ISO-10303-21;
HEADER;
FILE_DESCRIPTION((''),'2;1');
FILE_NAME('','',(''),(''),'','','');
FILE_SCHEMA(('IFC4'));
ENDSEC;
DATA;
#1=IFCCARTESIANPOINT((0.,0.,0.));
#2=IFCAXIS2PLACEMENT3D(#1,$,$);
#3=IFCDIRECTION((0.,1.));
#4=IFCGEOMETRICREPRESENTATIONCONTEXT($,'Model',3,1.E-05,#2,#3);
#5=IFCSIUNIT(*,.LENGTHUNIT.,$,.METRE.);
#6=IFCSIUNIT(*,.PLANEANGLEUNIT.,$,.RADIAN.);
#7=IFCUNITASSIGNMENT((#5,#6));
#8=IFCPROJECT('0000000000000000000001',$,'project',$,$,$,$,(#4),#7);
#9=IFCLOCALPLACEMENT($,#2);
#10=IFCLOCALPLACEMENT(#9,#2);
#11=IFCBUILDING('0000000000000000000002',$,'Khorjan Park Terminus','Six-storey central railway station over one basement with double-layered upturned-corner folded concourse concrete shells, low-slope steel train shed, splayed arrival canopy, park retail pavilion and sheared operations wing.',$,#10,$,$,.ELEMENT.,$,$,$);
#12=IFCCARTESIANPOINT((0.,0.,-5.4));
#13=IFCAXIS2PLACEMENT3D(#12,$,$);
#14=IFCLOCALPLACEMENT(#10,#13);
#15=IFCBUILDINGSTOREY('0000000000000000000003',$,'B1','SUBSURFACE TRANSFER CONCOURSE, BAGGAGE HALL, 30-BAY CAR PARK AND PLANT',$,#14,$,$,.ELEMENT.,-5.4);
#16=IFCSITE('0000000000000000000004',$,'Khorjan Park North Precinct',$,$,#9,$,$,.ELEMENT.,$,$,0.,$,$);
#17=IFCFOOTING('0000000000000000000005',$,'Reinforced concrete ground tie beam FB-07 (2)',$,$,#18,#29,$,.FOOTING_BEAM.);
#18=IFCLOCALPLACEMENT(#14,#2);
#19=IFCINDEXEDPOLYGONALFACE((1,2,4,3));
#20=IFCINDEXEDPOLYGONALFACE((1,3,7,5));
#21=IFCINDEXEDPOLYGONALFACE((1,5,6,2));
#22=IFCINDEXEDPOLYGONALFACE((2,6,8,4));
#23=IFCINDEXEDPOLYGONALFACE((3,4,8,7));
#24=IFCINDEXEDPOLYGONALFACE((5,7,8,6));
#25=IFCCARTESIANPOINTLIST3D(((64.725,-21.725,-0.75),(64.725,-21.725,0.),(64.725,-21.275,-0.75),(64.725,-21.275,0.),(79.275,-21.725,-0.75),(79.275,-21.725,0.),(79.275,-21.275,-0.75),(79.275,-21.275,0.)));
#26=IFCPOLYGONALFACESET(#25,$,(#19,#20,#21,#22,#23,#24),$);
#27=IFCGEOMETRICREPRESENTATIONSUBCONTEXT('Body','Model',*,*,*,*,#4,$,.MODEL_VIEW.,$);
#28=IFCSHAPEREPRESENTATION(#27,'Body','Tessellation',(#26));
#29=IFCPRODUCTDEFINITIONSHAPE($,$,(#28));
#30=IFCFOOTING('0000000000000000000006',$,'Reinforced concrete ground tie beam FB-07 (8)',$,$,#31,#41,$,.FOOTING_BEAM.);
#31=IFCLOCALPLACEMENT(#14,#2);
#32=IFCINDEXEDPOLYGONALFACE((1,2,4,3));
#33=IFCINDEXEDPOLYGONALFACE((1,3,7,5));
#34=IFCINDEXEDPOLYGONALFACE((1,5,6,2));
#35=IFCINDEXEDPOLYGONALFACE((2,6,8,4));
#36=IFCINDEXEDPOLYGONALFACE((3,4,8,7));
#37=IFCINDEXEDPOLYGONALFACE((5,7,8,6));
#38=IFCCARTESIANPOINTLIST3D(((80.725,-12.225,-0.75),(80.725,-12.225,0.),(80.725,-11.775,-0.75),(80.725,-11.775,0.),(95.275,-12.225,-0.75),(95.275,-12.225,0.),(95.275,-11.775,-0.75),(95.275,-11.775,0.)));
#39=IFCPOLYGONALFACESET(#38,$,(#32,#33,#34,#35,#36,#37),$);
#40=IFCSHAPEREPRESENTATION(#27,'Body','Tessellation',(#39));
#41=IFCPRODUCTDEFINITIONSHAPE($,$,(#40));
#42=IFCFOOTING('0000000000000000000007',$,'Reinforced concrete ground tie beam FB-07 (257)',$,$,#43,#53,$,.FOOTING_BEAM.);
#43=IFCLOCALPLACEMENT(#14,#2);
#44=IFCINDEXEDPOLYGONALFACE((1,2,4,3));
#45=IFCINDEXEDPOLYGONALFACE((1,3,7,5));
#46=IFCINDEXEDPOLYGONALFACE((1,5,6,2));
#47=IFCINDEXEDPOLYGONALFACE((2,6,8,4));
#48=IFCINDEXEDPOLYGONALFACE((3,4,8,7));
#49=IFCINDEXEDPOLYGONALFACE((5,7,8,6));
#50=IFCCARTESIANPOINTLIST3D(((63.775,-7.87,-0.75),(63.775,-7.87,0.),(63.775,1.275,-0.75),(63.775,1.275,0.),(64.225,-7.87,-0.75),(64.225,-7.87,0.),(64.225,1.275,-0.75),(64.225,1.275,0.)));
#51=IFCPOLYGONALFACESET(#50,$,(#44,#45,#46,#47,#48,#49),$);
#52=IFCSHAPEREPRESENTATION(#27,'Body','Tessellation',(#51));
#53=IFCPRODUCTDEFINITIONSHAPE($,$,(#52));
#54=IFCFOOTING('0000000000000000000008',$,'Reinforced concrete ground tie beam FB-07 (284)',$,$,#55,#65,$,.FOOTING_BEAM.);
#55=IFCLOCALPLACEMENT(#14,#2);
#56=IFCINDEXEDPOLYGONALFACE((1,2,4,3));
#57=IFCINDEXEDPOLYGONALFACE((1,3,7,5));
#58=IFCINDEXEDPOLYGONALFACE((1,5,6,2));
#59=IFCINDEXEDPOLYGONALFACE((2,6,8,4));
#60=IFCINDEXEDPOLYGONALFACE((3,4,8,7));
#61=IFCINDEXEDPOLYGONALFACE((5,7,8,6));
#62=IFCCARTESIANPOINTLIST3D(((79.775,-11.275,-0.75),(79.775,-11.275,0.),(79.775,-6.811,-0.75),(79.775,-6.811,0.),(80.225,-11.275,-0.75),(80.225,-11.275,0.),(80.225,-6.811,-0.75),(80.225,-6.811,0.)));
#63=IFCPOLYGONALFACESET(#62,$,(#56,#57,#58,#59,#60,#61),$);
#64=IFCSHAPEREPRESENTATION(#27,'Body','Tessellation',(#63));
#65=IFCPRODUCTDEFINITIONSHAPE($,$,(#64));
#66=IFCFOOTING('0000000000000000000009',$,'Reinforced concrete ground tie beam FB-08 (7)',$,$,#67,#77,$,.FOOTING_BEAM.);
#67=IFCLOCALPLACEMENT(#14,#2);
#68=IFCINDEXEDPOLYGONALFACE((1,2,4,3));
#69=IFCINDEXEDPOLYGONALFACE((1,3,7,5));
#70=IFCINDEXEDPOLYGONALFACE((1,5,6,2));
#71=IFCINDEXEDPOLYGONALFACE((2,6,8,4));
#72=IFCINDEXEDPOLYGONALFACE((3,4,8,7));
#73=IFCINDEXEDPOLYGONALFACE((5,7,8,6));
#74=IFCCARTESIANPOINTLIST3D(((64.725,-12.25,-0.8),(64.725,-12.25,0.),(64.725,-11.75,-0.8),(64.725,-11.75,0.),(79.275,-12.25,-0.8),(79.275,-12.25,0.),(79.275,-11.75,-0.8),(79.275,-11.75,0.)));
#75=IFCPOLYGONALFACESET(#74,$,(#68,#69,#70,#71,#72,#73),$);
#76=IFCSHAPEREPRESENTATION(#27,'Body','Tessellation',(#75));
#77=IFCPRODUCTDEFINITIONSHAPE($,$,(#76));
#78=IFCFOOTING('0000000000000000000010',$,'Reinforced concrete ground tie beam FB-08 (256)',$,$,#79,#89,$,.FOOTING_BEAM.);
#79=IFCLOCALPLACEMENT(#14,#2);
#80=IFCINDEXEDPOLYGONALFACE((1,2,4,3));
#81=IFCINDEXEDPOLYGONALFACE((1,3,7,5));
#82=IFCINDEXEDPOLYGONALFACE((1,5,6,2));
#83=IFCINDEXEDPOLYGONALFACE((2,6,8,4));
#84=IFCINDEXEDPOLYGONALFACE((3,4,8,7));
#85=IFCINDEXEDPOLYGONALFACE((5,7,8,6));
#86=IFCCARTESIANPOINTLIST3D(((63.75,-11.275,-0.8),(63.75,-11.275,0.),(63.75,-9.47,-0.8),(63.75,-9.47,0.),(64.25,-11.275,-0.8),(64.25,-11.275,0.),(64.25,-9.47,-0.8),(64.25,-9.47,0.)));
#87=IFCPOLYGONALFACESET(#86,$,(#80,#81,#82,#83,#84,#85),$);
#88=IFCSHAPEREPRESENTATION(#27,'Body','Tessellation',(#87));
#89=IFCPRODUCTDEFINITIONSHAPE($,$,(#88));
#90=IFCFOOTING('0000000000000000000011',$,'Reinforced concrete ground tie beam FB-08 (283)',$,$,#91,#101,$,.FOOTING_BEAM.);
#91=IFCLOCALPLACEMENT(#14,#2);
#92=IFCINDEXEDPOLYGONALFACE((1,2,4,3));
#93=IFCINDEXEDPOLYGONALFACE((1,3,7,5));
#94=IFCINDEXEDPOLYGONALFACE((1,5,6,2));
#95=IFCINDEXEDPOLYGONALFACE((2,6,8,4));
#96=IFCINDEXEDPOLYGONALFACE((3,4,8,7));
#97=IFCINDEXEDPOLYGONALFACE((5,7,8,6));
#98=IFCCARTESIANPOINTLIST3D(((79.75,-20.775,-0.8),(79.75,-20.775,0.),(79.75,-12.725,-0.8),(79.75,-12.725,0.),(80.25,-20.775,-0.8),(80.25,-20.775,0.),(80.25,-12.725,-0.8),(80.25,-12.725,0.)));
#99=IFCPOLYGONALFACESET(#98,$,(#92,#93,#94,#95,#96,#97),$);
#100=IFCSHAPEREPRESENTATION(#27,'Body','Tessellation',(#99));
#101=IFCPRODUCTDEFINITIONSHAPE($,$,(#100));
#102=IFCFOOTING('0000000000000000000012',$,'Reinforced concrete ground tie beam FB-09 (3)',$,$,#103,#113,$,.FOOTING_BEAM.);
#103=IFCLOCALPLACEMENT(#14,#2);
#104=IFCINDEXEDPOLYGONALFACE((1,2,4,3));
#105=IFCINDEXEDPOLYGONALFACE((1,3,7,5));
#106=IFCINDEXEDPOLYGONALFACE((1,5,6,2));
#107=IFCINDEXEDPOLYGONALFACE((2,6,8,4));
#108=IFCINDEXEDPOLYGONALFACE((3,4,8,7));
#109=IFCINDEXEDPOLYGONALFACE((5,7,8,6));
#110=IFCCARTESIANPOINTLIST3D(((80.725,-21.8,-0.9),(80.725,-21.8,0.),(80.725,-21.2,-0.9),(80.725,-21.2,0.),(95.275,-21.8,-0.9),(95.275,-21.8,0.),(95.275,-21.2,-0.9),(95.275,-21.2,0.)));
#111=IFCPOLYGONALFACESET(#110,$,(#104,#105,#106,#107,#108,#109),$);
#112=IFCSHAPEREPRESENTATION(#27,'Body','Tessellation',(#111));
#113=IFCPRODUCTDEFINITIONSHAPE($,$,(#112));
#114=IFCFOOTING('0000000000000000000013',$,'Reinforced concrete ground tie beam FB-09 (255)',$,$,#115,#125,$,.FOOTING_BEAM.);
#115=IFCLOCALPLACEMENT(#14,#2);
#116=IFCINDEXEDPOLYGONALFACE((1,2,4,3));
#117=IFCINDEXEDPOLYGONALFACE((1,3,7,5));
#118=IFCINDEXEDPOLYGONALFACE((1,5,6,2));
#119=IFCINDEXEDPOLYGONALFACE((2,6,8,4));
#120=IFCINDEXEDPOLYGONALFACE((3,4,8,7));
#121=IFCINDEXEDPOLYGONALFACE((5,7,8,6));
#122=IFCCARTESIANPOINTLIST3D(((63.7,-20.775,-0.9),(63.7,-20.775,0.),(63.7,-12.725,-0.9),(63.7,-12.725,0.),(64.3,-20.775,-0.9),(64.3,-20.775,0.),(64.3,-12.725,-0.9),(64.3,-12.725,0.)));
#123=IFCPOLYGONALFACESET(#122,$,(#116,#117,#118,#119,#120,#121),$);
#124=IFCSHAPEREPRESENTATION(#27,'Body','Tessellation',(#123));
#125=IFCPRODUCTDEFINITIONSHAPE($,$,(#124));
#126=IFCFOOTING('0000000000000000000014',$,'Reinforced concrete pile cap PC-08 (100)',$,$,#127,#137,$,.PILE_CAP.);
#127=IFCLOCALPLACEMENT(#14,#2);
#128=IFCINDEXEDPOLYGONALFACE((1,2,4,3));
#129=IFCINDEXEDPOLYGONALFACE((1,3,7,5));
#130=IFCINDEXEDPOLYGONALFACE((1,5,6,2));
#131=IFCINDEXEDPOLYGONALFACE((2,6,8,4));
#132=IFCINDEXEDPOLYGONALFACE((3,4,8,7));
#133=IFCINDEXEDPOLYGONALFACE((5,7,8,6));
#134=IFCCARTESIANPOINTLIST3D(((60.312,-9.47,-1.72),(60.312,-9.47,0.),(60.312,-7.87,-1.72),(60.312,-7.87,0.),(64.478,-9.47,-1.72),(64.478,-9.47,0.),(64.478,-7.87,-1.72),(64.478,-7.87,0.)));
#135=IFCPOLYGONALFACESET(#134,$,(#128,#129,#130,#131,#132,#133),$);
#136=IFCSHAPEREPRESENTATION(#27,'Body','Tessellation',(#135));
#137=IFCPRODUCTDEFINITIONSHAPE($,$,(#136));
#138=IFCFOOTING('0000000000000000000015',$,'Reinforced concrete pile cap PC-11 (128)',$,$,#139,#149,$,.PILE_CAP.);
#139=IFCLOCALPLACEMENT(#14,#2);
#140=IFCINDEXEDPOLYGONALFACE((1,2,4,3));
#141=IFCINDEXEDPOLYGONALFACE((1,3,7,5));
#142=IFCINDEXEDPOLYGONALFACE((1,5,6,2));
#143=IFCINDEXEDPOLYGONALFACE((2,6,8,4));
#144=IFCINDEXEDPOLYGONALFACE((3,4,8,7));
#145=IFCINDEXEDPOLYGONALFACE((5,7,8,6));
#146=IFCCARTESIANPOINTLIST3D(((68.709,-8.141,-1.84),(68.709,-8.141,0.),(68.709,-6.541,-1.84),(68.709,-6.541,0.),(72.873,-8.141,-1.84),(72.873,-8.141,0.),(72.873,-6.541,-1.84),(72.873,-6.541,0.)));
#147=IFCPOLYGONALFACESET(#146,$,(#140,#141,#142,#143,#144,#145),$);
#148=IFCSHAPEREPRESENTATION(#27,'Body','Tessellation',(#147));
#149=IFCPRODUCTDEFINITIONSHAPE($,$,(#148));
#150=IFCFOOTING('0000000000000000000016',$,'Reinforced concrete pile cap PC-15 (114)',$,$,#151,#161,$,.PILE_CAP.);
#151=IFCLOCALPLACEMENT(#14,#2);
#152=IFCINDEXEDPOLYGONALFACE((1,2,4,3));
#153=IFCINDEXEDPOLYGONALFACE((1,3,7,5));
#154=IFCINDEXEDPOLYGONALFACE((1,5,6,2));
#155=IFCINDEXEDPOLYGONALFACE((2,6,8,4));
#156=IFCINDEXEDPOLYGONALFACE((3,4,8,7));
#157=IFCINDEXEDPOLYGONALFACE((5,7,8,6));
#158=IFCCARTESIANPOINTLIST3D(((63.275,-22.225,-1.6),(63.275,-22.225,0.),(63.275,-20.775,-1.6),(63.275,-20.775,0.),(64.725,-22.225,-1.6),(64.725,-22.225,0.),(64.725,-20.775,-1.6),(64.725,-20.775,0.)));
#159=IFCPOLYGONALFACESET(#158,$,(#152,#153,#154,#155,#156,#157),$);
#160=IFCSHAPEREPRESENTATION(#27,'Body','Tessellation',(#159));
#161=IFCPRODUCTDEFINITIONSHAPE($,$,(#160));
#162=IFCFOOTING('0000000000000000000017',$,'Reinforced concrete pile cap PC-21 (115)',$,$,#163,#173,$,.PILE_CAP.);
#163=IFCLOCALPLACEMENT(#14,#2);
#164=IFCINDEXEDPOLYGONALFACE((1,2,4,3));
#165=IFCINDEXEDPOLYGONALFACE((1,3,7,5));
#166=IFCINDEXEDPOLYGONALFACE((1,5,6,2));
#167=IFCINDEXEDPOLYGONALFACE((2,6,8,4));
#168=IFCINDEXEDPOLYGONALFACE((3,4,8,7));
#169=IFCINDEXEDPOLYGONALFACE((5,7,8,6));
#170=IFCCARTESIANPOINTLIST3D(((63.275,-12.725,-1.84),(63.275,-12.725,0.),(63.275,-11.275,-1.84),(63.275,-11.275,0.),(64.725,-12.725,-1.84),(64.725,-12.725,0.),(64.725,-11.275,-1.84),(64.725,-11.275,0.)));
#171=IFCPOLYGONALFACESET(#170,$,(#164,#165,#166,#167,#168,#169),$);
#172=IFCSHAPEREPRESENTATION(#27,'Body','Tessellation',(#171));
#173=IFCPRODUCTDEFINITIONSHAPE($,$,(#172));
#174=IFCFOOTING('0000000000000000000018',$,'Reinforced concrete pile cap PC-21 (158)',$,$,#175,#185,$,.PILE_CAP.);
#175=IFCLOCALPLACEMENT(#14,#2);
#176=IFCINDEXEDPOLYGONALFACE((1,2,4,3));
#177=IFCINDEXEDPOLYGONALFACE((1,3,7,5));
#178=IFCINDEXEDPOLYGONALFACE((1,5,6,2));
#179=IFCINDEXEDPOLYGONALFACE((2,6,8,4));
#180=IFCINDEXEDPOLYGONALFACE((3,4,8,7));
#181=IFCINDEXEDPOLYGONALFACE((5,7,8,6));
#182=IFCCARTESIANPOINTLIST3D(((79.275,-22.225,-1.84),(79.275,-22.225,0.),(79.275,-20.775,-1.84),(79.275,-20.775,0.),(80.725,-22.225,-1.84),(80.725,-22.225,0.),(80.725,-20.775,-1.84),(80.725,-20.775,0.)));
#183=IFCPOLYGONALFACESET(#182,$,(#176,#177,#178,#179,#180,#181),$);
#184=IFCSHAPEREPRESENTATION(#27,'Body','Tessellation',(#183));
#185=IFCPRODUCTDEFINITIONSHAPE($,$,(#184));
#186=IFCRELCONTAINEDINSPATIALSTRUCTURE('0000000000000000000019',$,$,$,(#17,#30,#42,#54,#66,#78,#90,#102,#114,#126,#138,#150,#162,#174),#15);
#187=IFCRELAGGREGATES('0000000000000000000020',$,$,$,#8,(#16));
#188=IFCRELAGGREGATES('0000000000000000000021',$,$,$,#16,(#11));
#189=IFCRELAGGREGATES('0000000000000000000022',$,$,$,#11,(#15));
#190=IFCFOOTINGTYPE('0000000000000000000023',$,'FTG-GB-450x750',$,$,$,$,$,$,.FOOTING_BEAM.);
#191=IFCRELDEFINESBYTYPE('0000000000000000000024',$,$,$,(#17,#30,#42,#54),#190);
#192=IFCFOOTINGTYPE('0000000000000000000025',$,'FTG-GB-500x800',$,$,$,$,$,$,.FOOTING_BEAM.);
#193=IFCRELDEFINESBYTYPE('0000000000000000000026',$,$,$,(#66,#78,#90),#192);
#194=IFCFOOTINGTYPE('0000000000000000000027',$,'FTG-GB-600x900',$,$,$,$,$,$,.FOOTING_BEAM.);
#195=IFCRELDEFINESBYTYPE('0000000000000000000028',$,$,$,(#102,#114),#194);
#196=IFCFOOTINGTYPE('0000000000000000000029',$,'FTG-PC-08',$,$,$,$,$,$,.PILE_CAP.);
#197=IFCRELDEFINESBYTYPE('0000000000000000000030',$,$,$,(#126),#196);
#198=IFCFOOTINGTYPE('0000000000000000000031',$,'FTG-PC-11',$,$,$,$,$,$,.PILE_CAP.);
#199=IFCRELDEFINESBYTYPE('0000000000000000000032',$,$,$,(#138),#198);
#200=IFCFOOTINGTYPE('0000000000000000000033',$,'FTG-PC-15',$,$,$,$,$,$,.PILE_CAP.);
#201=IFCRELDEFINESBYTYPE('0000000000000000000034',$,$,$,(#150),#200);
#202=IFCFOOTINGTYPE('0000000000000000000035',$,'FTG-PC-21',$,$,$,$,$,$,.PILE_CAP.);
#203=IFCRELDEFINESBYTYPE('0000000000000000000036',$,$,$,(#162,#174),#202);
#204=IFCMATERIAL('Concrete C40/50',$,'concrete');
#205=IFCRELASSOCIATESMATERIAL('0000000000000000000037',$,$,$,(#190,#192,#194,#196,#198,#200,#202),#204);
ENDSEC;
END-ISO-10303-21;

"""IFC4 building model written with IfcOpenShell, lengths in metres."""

from ifc_helpers import new_model, si_unit, direction, frame, origin, origin_2d, place, context, subcontext, project, spatial, rectangle, extrude, material, material_profile, profile_set, type_object, element, save


model = new_model("IFC4")

# Units and contexts
model_context = context("Model", 3, precision=1e-05, world=origin(), true_north=direction((0.0, 1.0)))
body_context = subcontext(model_context, "Body", "Model", "MODEL_VIEW")
ifc_project = project(units=[si_unit("LENGTHUNIT", "METRE"), si_unit("PLANEANGLEUNIT", "RADIAN")], contexts=[model_context])

# Site, building, storey
site_placement = place(None, origin())
site = spatial("IfcSite", under=ifc_project, at=site_placement, Name="Khorjan Park North Precinct", CompositionType="ELEMENT", RefElevation=0.0)
building_placement = place(site_placement, origin())
building = spatial("IfcBuilding", under=site, at=building_placement, Name="Khorjan Park Terminus", Description="Six-storey central railway station over one basement with double-layered upturned-corner folded concourse concrete shells, low-slope steel train shed, splayed arrival canopy, park retail pavilion and sheared operations wing.", CompositionType="ELEMENT")
storey_placement = place(building_placement, frame((0.0, 0.0, -5.4)))
storey = spatial("IfcBuildingStorey", under=building, at=storey_placement, Name="B1", Description="SUBSURFACE TRANSFER CONCOURSE, BAGGAGE HALL, 30-BAY CAR PARK AND PLANT", CompositionType="ELEMENT", Elevation=-5.4)

# Footings
ifc_material_1 = material(Name="Concrete C40/50", Category="concrete")
ifc_material_profile_1 = material_profile(ifc_material_1, rectangle(XDim=0.45, YDim=0.75, at=origin_2d()), Name="RC 450x750")
ifc_profile_set_1 = profile_set([ifc_material_profile_1], Name="Concrete C40/50")
footing_type_1 = type_object("IfcFootingType", Name="FTG-GB-450x750", PredefinedType="FOOTING_BEAM", material=ifc_profile_set_1)
for number, where, z_axis, x_axis, name in (
    (1, (64.725, -21.5, -0.375), (1.0, 0.0, 0.0), (0.0, 1.0, 0.0), "Reinforced concrete ground tie beam FB-07 (2)"),
    (2, (80.725, -12.0, -0.375), (1.0, 0.0, 0.0), (0.0, 1.0, 0.0), "Reinforced concrete ground tie beam FB-07 (8)"),
):
    element("IfcFooting", number, at=place(storey_placement, frame(where, z_axis=z_axis, x_axis=x_axis)), inside=storey, type_object=footing_type_1, Name=name, PredefinedType="FOOTING_BEAM", context=body_context, shape_type="SweptSolid", body=[
        extrude(rectangle(XDim=0.45, YDim=0.75, at=origin_2d()), origin(), (0.0, 0.0, 1.0), 14.55),
    ])
footing_1_placement = place(storey_placement, frame((64.0, -7.87, -0.375), z_axis=(0.0, 1.0, 0.0), x_axis=(-1.0, 0.0, 0.0)))
element("IfcFooting", 3, at=footing_1_placement, inside=storey, type_object=footing_type_1, Name="Reinforced concrete ground tie beam FB-07 (257)", PredefinedType="FOOTING_BEAM", context=body_context, shape_type="SweptSolid", body=[
    extrude(rectangle(XDim=0.45, YDim=0.75, at=origin_2d()), origin(), (0.0, 0.0, 1.0), 9.145),
])
footing_2_placement = place(storey_placement, frame((80.0, -11.275, -0.375), z_axis=(0.0, 1.0, 0.0), x_axis=(-1.0, 0.0, 0.0)))
element("IfcFooting", 4, at=footing_2_placement, inside=storey, type_object=footing_type_1, Name="Reinforced concrete ground tie beam FB-07 (284)", PredefinedType="FOOTING_BEAM", context=body_context, shape_type="SweptSolid", body=[
    extrude(rectangle(XDim=0.45, YDim=0.75, at=origin_2d()), origin(), (0.0, 0.0, 1.0), 4.464),
])
ifc_material_profile_2 = material_profile(ifc_material_1, rectangle(XDim=0.5, YDim=0.8, at=origin_2d()), Name="RC 500x800")
ifc_profile_set_2 = profile_set([ifc_material_profile_2], Name="Concrete C40/50")
footing_type_2 = type_object("IfcFootingType", Name="FTG-GB-500x800", PredefinedType="FOOTING_BEAM", material=ifc_profile_set_2)
footing_3_placement = place(storey_placement, frame((64.725, -12.0, -0.4), z_axis=(1.0, 0.0, 0.0), x_axis=(0.0, 1.0, 0.0)))
element("IfcFooting", 5, at=footing_3_placement, inside=storey, type_object=footing_type_2, Name="Reinforced concrete ground tie beam FB-08 (7)", PredefinedType="FOOTING_BEAM", context=body_context, shape_type="SweptSolid", body=[
    extrude(rectangle(XDim=0.5, YDim=0.8, at=origin_2d()), origin(), (0.0, 0.0, 1.0), 14.55),
])
footing_4_placement = place(storey_placement, frame((64.0, -11.275, -0.4), z_axis=(0.0, 1.0, 0.0), x_axis=(-1.0, 0.0, 0.0)))
element("IfcFooting", 6, at=footing_4_placement, inside=storey, type_object=footing_type_2, Name="Reinforced concrete ground tie beam FB-08 (256)", PredefinedType="FOOTING_BEAM", context=body_context, shape_type="SweptSolid", body=[
    extrude(rectangle(XDim=0.5, YDim=0.8, at=origin_2d()), origin(), (0.0, 0.0, 1.0), 1.805),
])
footing_5_placement = place(storey_placement, frame((80.0, -20.775, -0.4), z_axis=(0.0, 1.0, 0.0), x_axis=(-1.0, 0.0, 0.0)))
element("IfcFooting", 7, at=footing_5_placement, inside=storey, type_object=footing_type_2, Name="Reinforced concrete ground tie beam FB-08 (283)", PredefinedType="FOOTING_BEAM", context=body_context, shape_type="SweptSolid", body=[
    extrude(rectangle(XDim=0.5, YDim=0.8, at=origin_2d()), origin(), (0.0, 0.0, 1.0), 8.05),
])
ifc_material_profile_3 = material_profile(ifc_material_1, rectangle(XDim=0.6, YDim=0.9, at=origin_2d()), Name="RC 600x900")
ifc_profile_set_3 = profile_set([ifc_material_profile_3], Name="Concrete C40/50")
footing_type_3 = type_object("IfcFootingType", Name="FTG-GB-600x900", PredefinedType="FOOTING_BEAM", material=ifc_profile_set_3)
footing_6_placement = place(storey_placement, frame((80.725, -21.5, -0.45), z_axis=(1.0, 0.0, 0.0), x_axis=(0.0, 1.0, 0.0)))
element("IfcFooting", 8, at=footing_6_placement, inside=storey, type_object=footing_type_3, Name="Reinforced concrete ground tie beam FB-09 (3)", PredefinedType="FOOTING_BEAM", context=body_context, shape_type="SweptSolid", body=[
    extrude(rectangle(XDim=0.6, YDim=0.9, at=origin_2d()), origin(), (0.0, 0.0, 1.0), 14.55),
])
footing_7_placement = place(storey_placement, frame((64.0, -20.775, -0.45), z_axis=(0.0, 1.0, 0.0), x_axis=(-1.0, 0.0, 0.0)))
element("IfcFooting", 9, at=footing_7_placement, inside=storey, type_object=footing_type_3, Name="Reinforced concrete ground tie beam FB-09 (255)", PredefinedType="FOOTING_BEAM", context=body_context, shape_type="SweptSolid", body=[
    extrude(rectangle(XDim=0.6, YDim=0.9, at=origin_2d()), origin(), (0.0, 0.0, 1.0), 8.05),
])
footing_type_4 = type_object("IfcFootingType", Name="FTG-PC-08", PredefinedType="PILE_CAP", material=ifc_material_1)
footing_8_placement = place(storey_placement, frame((62.395, -8.67, -1.72), z_axis=(0.0, 0.0, 1.0), x_axis=(1.0, 0.0, 0.0)))
element("IfcFooting", 10, at=footing_8_placement, inside=storey, type_object=footing_type_4, Name="Reinforced concrete pile cap PC-08 (100)", PredefinedType="PILE_CAP", context=body_context, shape_type="SweptSolid", body=[
    extrude(rectangle(XDim=4.166, YDim=1.6, at=origin_2d()), origin(), (0.0, 0.0, 1.0), 1.72),
])
footing_type_5 = type_object("IfcFootingType", Name="FTG-PC-11", PredefinedType="PILE_CAP", material=ifc_material_1)
footing_9_placement = place(storey_placement, frame((70.791, -7.341, -1.84), z_axis=(0.0, 0.0, 1.0), x_axis=(1.0, 0.0, 0.0)))
element("IfcFooting", 11, at=footing_9_placement, inside=storey, type_object=footing_type_5, Name="Reinforced concrete pile cap PC-11 (128)", PredefinedType="PILE_CAP", context=body_context, shape_type="SweptSolid", body=[
    extrude(rectangle(XDim=4.164, YDim=1.6, at=origin_2d()), origin(), (0.0, 0.0, 1.0), 1.84),
])
footing_type_6 = type_object("IfcFootingType", Name="FTG-PC-15", PredefinedType="PILE_CAP", material=ifc_material_1)
footing_10_placement = place(storey_placement, frame((64.0, -21.5, -1.6), z_axis=(0.0, 0.0, 1.0), x_axis=(1.0, 0.0, 0.0)))
element("IfcFooting", 12, at=footing_10_placement, inside=storey, type_object=footing_type_6, Name="Reinforced concrete pile cap PC-15 (114)", PredefinedType="PILE_CAP", context=body_context, shape_type="SweptSolid", body=[
    extrude(rectangle(XDim=1.45, YDim=1.45, at=origin_2d()), origin(), (0.0, 0.0, 1.0), 1.6),
])
footing_type_7 = type_object("IfcFootingType", Name="FTG-PC-21", PredefinedType="PILE_CAP", material=ifc_material_1)
for number, where, z_axis, x_axis, name in (
    (13, (64.0, -12.0, -1.84), (0.0, 0.0, 1.0), (1.0, 0.0, 0.0), "Reinforced concrete pile cap PC-21 (115)"),
    (14, (80.0, -21.5, -1.84), (0.0, 0.0, 1.0), (1.0, 0.0, 0.0), "Reinforced concrete pile cap PC-21 (158)"),
):
    element("IfcFooting", number, at=place(storey_placement, frame(where, z_axis=z_axis, x_axis=x_axis)), inside=storey, type_object=footing_type_7, Name=name, PredefinedType="PILE_CAP", context=body_context, shape_type="SweptSolid", body=[
        extrude(rectangle(XDim=1.45, YDim=1.45, at=origin_2d()), origin(), (0.0, 0.0, 1.0), 1.84),
    ])

save(model, "model.ifc")
